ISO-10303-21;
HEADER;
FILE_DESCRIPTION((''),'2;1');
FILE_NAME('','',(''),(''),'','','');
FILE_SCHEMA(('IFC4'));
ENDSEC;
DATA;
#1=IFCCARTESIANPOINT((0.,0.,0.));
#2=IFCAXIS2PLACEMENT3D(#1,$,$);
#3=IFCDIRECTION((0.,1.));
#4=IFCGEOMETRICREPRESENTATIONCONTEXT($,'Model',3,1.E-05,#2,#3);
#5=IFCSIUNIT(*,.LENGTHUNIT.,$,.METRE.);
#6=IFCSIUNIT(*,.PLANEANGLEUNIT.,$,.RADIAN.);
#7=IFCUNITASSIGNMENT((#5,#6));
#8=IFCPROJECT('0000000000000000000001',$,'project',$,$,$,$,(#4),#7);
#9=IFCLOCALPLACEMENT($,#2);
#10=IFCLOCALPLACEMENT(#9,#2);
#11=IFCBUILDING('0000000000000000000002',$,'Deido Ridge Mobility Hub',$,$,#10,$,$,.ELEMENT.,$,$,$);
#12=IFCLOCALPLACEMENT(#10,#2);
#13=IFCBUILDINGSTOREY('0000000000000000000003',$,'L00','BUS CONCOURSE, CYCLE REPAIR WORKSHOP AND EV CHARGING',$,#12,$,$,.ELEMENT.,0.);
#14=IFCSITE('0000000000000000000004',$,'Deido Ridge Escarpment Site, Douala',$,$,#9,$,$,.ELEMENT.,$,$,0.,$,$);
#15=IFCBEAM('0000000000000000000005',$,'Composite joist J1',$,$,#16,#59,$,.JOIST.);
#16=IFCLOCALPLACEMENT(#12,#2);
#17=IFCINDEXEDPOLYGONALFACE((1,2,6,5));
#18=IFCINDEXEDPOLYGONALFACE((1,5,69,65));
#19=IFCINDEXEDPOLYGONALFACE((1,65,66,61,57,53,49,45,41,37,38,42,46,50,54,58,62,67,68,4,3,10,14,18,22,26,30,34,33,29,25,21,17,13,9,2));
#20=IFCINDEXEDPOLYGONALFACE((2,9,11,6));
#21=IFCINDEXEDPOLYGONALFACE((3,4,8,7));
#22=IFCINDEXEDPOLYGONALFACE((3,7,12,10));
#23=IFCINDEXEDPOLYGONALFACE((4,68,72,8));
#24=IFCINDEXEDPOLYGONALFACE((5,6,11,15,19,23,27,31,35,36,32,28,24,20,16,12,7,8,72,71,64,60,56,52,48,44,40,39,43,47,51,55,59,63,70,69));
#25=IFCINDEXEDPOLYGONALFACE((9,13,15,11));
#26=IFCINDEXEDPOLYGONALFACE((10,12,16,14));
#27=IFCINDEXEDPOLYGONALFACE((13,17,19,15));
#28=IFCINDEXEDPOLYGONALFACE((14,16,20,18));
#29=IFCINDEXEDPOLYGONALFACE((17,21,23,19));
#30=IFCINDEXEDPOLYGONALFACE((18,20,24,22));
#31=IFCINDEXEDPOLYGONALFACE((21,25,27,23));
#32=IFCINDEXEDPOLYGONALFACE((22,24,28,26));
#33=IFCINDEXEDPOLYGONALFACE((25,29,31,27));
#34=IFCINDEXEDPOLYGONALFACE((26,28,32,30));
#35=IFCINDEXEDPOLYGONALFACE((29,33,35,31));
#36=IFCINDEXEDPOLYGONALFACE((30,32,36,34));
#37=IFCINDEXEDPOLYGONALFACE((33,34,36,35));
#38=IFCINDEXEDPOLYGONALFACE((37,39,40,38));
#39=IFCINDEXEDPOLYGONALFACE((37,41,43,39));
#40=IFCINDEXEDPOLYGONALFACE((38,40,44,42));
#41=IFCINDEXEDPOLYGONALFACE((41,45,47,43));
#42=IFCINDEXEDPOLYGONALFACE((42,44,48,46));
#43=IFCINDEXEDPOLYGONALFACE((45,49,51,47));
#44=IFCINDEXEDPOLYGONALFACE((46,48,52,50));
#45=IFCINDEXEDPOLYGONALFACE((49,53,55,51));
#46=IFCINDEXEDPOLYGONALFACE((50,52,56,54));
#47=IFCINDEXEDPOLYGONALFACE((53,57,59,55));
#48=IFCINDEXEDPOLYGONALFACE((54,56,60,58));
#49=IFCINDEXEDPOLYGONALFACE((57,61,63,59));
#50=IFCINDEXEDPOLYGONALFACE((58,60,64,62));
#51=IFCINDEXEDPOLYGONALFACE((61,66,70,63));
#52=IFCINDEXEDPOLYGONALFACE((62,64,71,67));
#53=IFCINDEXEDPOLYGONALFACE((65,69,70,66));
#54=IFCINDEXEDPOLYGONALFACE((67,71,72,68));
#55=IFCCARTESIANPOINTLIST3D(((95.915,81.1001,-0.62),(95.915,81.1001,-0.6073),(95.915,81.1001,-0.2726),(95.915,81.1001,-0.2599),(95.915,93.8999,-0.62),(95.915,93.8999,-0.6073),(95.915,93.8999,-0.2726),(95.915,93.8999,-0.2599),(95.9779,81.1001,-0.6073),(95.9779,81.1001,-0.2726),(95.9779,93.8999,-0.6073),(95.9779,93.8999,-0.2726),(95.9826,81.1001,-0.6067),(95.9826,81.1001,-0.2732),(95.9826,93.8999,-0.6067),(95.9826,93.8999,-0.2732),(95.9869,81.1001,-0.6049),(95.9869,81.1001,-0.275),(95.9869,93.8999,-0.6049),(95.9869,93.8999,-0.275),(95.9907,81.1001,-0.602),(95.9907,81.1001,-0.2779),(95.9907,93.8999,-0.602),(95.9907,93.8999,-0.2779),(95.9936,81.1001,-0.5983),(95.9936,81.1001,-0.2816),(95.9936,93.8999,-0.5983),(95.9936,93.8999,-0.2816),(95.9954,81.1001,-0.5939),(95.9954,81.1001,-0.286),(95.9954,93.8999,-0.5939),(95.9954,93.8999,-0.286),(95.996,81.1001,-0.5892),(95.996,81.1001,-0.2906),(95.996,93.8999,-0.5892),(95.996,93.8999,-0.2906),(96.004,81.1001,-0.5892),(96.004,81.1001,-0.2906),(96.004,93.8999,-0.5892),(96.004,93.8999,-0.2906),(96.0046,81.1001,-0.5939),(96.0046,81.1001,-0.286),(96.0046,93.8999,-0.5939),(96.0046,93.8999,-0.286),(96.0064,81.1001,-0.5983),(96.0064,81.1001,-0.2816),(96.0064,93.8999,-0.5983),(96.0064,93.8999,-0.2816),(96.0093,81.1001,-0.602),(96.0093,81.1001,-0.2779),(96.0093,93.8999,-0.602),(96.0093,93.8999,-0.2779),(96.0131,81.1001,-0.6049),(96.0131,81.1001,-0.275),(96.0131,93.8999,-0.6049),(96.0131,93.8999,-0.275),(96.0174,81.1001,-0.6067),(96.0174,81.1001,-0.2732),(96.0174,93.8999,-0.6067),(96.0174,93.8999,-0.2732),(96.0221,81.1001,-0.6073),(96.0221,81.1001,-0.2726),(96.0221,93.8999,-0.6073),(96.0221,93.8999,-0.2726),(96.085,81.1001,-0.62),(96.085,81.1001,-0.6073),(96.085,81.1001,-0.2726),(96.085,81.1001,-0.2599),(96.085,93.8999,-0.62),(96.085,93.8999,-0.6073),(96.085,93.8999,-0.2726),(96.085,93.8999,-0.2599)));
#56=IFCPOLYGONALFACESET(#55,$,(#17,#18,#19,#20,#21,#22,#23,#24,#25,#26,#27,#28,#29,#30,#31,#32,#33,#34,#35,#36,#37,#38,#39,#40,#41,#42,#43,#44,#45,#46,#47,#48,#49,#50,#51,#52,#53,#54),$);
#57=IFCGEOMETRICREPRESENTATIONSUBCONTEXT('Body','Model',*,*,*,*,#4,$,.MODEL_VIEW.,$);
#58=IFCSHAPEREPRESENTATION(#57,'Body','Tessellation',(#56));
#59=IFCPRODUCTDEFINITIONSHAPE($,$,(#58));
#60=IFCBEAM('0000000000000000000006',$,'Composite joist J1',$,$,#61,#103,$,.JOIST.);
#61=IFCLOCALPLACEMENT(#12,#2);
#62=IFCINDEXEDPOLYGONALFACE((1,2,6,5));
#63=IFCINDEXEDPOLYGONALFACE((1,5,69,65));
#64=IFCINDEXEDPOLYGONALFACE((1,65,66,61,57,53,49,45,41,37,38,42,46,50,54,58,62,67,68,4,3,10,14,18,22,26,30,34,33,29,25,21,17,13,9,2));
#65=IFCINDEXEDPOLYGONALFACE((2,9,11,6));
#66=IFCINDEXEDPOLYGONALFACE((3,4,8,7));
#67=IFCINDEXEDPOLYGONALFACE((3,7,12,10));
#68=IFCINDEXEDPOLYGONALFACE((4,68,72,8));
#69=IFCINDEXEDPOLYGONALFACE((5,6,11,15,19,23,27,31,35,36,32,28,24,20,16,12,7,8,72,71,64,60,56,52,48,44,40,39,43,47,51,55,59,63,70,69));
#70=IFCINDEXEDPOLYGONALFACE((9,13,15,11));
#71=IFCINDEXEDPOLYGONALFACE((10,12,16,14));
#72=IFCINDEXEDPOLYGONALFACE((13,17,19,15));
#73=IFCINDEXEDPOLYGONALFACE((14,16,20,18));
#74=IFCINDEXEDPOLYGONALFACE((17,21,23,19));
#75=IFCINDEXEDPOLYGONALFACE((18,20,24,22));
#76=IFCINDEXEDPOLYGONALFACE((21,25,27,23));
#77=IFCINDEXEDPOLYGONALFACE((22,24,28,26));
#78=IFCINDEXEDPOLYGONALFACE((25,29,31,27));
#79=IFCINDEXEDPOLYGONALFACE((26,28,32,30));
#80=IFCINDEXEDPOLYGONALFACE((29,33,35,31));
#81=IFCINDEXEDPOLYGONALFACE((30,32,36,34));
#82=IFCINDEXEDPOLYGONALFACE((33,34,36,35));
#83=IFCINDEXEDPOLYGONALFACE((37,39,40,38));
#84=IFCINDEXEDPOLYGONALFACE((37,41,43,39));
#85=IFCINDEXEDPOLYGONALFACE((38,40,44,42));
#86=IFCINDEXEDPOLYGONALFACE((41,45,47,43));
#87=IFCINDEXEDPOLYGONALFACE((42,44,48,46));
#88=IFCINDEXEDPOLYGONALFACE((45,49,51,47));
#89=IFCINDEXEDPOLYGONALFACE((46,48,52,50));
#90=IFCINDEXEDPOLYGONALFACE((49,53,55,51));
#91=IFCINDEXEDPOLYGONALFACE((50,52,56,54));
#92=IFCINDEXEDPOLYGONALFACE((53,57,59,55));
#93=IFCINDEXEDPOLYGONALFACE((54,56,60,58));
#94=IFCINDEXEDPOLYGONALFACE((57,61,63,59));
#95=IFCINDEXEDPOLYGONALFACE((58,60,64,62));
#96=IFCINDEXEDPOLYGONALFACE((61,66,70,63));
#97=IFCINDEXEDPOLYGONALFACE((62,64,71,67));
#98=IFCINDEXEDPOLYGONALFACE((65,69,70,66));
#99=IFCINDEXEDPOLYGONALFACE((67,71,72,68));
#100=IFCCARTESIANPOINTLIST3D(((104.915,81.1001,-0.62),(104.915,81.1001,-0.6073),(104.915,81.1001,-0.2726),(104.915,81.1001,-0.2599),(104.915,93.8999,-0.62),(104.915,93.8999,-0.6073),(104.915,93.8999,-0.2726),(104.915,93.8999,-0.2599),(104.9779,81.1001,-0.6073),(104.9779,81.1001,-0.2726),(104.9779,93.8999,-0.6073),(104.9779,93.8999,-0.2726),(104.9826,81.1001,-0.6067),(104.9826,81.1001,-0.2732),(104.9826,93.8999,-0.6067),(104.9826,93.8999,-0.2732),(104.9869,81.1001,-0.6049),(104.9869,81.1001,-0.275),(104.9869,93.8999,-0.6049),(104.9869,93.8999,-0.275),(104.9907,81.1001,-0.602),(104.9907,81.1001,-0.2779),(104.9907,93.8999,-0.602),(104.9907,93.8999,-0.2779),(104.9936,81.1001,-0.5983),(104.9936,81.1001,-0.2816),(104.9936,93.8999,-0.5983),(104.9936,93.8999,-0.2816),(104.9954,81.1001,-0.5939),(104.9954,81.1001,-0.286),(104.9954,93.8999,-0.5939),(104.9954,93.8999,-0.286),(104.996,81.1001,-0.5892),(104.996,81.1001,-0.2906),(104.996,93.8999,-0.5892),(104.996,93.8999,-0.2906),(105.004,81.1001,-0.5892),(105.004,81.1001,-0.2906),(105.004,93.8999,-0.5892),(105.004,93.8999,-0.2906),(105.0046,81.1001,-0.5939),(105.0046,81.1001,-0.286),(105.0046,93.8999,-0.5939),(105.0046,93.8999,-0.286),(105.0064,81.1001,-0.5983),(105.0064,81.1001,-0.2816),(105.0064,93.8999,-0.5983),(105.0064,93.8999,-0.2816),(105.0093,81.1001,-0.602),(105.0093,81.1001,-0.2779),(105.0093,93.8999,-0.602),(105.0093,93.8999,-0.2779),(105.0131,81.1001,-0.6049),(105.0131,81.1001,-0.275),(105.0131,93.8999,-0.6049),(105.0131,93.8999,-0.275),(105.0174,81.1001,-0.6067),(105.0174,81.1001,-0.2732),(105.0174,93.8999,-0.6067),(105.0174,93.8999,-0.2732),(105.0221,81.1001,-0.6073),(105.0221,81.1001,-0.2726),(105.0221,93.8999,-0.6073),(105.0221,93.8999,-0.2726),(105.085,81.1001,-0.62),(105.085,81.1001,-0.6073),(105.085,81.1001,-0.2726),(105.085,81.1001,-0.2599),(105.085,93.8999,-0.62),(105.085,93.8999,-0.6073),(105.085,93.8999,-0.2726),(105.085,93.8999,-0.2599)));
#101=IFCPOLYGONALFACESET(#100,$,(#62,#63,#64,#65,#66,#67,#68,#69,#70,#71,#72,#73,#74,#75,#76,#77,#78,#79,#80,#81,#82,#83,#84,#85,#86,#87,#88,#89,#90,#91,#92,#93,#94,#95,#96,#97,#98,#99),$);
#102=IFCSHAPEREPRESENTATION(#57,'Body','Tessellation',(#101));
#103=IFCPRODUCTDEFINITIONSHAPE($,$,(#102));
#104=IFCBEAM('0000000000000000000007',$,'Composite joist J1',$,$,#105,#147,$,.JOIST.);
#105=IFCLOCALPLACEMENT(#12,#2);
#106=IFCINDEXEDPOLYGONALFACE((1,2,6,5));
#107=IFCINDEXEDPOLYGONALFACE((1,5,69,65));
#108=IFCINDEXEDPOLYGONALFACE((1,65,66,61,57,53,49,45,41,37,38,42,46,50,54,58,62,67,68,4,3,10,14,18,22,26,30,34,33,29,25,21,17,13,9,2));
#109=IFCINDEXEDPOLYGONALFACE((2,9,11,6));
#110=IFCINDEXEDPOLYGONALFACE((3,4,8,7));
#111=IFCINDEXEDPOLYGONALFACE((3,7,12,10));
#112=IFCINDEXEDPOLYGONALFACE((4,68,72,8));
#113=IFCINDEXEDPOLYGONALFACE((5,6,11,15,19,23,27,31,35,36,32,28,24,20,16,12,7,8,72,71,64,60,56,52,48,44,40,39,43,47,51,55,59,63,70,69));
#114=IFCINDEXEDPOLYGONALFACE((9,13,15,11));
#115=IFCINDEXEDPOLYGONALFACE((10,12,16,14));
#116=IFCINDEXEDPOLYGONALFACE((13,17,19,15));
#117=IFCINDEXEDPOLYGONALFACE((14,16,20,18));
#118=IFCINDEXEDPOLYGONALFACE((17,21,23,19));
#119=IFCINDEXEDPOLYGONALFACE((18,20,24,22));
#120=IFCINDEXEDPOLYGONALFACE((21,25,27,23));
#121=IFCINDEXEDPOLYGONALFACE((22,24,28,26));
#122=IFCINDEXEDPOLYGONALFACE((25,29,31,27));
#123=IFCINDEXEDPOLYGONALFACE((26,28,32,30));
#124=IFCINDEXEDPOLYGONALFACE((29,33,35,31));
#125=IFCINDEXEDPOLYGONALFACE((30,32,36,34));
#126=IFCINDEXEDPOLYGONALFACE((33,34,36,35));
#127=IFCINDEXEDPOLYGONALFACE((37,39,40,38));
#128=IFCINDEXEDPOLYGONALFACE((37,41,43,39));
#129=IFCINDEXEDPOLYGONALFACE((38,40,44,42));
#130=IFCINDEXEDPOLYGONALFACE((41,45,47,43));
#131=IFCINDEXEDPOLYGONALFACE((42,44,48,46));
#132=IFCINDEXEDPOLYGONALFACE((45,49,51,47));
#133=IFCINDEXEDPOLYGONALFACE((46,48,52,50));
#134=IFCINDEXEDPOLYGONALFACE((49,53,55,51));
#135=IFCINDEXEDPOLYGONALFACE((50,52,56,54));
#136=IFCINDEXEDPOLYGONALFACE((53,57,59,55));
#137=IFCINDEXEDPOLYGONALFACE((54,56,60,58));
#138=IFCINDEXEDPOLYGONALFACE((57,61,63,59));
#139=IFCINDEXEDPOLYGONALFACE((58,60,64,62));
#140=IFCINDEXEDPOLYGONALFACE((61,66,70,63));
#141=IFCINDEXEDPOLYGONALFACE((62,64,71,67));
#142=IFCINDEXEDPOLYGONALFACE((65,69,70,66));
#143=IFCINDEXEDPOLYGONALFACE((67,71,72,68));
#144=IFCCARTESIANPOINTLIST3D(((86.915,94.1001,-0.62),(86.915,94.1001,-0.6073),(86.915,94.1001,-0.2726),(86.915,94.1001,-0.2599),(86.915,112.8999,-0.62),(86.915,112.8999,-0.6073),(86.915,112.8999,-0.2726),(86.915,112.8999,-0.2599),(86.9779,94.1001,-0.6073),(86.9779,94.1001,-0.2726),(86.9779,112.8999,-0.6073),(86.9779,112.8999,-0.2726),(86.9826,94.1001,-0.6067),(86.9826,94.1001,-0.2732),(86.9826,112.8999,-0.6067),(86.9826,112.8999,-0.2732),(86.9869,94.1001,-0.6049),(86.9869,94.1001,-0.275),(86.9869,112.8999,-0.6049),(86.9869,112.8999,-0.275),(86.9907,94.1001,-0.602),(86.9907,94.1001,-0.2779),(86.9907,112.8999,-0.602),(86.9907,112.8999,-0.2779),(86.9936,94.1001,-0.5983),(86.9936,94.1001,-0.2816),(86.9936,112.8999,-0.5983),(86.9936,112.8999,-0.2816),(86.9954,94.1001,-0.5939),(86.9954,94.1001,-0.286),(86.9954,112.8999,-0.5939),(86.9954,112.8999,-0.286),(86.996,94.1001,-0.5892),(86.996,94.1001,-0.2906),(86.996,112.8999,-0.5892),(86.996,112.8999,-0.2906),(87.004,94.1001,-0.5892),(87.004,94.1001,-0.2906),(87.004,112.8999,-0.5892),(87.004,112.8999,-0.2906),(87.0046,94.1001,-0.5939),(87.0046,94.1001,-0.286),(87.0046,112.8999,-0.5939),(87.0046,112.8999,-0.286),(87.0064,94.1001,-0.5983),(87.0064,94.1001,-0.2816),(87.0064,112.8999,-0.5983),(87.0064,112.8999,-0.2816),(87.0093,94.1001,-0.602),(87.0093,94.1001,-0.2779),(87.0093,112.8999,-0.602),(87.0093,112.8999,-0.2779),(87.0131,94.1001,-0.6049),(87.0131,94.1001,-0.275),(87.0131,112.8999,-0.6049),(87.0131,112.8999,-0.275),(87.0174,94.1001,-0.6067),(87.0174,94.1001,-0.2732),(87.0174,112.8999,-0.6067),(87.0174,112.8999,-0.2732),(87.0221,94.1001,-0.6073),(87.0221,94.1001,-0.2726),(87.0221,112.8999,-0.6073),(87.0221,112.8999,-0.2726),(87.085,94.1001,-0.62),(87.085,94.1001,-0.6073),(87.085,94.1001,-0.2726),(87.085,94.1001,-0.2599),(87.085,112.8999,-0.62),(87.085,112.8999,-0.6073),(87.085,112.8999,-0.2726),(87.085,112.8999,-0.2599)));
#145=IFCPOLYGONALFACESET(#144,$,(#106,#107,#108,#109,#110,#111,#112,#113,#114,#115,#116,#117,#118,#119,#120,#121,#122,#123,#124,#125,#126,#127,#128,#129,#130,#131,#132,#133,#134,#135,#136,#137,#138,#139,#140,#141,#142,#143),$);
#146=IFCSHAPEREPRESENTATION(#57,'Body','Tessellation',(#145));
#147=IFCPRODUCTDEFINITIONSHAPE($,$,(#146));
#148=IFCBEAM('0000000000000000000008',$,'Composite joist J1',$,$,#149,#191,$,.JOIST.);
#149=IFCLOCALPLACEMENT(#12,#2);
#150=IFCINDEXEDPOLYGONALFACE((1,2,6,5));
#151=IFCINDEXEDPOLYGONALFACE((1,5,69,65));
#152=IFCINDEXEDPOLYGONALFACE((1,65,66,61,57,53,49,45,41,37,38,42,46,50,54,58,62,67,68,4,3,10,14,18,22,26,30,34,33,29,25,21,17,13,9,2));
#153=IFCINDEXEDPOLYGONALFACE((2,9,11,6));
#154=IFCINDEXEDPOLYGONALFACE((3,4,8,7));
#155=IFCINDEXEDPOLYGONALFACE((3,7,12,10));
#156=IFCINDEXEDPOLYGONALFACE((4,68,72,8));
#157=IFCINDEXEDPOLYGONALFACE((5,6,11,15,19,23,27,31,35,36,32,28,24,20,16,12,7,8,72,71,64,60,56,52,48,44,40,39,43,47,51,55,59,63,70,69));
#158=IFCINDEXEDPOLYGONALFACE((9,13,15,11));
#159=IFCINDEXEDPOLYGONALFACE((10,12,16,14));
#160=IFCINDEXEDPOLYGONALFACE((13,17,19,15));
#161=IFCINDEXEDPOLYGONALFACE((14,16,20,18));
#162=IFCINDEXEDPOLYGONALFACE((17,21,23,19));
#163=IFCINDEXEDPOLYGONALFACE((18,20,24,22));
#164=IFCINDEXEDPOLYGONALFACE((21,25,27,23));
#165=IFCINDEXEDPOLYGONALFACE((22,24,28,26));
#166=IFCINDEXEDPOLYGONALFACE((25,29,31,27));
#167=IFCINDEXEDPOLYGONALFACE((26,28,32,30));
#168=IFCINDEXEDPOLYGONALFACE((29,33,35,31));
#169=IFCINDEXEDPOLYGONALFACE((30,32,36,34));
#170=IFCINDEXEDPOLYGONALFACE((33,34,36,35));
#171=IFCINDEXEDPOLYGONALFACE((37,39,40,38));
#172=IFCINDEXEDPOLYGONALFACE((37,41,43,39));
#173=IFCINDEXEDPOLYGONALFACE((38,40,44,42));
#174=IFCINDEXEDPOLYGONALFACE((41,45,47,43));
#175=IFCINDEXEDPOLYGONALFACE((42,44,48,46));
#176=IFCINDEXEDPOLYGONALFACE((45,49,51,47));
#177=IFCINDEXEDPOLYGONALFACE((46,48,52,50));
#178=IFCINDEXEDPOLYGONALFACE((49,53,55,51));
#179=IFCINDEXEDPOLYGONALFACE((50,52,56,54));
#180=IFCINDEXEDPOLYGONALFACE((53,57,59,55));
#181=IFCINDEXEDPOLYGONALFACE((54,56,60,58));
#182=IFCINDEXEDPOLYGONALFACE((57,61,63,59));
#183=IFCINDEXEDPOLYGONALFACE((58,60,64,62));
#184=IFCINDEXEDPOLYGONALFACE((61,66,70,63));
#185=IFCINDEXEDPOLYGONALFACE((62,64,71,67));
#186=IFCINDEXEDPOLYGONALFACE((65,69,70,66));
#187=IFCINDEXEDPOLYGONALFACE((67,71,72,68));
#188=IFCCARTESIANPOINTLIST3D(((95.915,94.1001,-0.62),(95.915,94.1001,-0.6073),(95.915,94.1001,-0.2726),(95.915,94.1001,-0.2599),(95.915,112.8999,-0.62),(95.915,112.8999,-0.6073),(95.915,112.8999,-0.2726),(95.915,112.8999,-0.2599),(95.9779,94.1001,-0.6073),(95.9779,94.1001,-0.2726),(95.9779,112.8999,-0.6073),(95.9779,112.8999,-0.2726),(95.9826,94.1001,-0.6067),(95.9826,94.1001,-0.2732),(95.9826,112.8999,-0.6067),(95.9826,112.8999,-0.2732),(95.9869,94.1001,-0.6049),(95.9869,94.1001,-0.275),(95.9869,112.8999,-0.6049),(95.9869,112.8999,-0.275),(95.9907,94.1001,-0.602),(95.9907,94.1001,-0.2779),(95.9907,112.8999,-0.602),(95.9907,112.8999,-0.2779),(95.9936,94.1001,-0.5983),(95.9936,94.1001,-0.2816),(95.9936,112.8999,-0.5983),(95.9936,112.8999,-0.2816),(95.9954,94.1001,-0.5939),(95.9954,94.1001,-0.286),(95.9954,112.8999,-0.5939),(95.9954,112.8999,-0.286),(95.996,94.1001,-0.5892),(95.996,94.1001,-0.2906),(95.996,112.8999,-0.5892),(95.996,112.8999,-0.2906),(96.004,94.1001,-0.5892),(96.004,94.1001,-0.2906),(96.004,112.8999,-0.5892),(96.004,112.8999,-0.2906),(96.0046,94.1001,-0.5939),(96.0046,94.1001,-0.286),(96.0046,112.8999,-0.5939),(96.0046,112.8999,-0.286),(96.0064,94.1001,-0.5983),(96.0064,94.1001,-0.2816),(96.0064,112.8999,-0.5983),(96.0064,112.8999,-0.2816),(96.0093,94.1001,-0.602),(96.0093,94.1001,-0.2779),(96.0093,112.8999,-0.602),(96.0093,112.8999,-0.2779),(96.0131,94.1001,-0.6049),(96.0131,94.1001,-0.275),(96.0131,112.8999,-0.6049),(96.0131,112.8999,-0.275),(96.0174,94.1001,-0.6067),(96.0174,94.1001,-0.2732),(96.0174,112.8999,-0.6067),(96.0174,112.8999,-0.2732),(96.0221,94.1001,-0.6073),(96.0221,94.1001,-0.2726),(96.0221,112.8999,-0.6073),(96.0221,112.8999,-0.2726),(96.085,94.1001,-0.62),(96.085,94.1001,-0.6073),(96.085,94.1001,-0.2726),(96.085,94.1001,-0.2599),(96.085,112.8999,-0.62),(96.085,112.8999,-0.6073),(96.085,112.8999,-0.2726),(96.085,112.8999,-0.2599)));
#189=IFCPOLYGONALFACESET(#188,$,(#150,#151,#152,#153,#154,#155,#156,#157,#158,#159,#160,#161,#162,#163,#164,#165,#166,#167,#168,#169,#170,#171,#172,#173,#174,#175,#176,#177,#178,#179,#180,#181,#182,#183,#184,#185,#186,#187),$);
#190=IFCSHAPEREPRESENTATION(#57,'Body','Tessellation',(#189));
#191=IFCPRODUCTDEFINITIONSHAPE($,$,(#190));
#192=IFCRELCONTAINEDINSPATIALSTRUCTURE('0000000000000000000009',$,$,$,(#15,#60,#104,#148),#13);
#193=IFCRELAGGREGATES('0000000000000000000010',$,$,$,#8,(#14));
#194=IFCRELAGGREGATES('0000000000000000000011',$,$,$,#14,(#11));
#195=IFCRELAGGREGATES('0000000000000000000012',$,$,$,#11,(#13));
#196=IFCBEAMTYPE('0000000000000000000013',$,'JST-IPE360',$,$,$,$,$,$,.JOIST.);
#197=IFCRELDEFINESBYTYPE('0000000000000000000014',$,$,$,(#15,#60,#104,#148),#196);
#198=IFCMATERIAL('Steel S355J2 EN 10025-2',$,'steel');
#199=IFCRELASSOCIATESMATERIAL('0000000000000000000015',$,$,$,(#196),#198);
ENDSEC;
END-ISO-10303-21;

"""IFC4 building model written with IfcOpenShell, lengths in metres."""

from ifc_helpers import new_model, si_unit, direction, frame, origin, origin_2d, place, context, subcontext, project, spatial, i_section, extrude, material, material_profile, profile_set, type_object, element, save


model = new_model("IFC4")

# Units and contexts
model_context = context("Model", 3, precision=1e-05, world=origin(), true_north=direction((0.0, 1.0)))
body_context = subcontext(model_context, "Body", "Model", "MODEL_VIEW")
ifc_project = project(units=[si_unit("LENGTHUNIT", "METRE"), si_unit("PLANEANGLEUNIT", "RADIAN")], contexts=[model_context])

# Site, building, storey
site_placement = place(None, origin())
site = spatial("IfcSite", under=ifc_project, at=site_placement, Name="Deido Ridge Escarpment Site, Douala", CompositionType="ELEMENT", RefElevation=0.0)
building_placement = place(site_placement, origin())
building = spatial("IfcBuilding", under=site, at=building_placement, Name="Deido Ridge Mobility Hub", CompositionType="ELEMENT")
storey_placement = place(building_placement, origin())
storey = spatial("IfcBuildingStorey", under=building, at=storey_placement, Name="L00", Description="BUS CONCOURSE, CYCLE REPAIR WORKSHOP AND EV CHARGING", CompositionType="ELEMENT", Elevation=0.0)

# Shared definitions
ifc_material_1 = material(Name="Steel S355J2 EN 10025-2", Category="steel")

# Beams
ifc_material_profile_1 = material_profile(ifc_material_1, i_section(OverallWidth=0.1699, OverallDepth=0.3601, WebThickness=0.0081, FlangeThickness=0.0127, FilletRadius=0.0181, at=origin_2d()), Name="IPE 360")
ifc_profile_set_1 = profile_set([ifc_material_profile_1], Name="Steel S355J2 EN 10025-2")
beam_type_1 = type_object("IfcBeamType", Name="JST-IPE360", PredefinedType="JOIST", material=ifc_profile_set_1)
for number, where, z_axis, x_axis, name in (
    (1, (96.0, 81.1001, -0.4399), (0.0, 1.0, 0.0), (-1.0, 0.0, 0.0), "Composite joist J1"),
    (2, (105.0, 81.1001, -0.4399), (0.0, 1.0, 0.0), (-1.0, 0.0, 0.0), "Composite joist J1"),
):
    element("IfcBeam", number, at=place(storey_placement, frame(where, z_axis=z_axis, x_axis=x_axis)), inside=storey, type_object=beam_type_1, Name=name, PredefinedType="JOIST", context=body_context, shape_type="SweptSolid", body=[
        extrude(i_section(OverallWidth=0.1699, OverallDepth=0.3601, WebThickness=0.0081, FlangeThickness=0.0127, FilletRadius=0.0181, at=origin_2d()), origin(), (0.0, 0.0, 1.0), 12.7998),
    ])
for number, where, z_axis, x_axis, name in (
    (3, (87.0, 94.1001, -0.4399), (0.0, 1.0, 0.0), (-1.0, 0.0, 0.0), "Composite joist J1"),
    (4, (96.0, 94.1001, -0.4399), (0.0, 1.0, 0.0), (-1.0, 0.0, 0.0), "Composite joist J1"),
):
    element("IfcBeam", number, at=place(storey_placement, frame(where, z_axis=z_axis, x_axis=x_axis)), inside=storey, type_object=beam_type_1, Name=name, PredefinedType="JOIST", context=body_context, shape_type="SweptSolid", body=[
        extrude(i_section(OverallWidth=0.1699, OverallDepth=0.3601, WebThickness=0.0081, FlangeThickness=0.0127, FilletRadius=0.0181, at=origin_2d()), origin(), (0.0, 0.0, 1.0), 18.7998),
    ])

save(model, "model.ifc")
